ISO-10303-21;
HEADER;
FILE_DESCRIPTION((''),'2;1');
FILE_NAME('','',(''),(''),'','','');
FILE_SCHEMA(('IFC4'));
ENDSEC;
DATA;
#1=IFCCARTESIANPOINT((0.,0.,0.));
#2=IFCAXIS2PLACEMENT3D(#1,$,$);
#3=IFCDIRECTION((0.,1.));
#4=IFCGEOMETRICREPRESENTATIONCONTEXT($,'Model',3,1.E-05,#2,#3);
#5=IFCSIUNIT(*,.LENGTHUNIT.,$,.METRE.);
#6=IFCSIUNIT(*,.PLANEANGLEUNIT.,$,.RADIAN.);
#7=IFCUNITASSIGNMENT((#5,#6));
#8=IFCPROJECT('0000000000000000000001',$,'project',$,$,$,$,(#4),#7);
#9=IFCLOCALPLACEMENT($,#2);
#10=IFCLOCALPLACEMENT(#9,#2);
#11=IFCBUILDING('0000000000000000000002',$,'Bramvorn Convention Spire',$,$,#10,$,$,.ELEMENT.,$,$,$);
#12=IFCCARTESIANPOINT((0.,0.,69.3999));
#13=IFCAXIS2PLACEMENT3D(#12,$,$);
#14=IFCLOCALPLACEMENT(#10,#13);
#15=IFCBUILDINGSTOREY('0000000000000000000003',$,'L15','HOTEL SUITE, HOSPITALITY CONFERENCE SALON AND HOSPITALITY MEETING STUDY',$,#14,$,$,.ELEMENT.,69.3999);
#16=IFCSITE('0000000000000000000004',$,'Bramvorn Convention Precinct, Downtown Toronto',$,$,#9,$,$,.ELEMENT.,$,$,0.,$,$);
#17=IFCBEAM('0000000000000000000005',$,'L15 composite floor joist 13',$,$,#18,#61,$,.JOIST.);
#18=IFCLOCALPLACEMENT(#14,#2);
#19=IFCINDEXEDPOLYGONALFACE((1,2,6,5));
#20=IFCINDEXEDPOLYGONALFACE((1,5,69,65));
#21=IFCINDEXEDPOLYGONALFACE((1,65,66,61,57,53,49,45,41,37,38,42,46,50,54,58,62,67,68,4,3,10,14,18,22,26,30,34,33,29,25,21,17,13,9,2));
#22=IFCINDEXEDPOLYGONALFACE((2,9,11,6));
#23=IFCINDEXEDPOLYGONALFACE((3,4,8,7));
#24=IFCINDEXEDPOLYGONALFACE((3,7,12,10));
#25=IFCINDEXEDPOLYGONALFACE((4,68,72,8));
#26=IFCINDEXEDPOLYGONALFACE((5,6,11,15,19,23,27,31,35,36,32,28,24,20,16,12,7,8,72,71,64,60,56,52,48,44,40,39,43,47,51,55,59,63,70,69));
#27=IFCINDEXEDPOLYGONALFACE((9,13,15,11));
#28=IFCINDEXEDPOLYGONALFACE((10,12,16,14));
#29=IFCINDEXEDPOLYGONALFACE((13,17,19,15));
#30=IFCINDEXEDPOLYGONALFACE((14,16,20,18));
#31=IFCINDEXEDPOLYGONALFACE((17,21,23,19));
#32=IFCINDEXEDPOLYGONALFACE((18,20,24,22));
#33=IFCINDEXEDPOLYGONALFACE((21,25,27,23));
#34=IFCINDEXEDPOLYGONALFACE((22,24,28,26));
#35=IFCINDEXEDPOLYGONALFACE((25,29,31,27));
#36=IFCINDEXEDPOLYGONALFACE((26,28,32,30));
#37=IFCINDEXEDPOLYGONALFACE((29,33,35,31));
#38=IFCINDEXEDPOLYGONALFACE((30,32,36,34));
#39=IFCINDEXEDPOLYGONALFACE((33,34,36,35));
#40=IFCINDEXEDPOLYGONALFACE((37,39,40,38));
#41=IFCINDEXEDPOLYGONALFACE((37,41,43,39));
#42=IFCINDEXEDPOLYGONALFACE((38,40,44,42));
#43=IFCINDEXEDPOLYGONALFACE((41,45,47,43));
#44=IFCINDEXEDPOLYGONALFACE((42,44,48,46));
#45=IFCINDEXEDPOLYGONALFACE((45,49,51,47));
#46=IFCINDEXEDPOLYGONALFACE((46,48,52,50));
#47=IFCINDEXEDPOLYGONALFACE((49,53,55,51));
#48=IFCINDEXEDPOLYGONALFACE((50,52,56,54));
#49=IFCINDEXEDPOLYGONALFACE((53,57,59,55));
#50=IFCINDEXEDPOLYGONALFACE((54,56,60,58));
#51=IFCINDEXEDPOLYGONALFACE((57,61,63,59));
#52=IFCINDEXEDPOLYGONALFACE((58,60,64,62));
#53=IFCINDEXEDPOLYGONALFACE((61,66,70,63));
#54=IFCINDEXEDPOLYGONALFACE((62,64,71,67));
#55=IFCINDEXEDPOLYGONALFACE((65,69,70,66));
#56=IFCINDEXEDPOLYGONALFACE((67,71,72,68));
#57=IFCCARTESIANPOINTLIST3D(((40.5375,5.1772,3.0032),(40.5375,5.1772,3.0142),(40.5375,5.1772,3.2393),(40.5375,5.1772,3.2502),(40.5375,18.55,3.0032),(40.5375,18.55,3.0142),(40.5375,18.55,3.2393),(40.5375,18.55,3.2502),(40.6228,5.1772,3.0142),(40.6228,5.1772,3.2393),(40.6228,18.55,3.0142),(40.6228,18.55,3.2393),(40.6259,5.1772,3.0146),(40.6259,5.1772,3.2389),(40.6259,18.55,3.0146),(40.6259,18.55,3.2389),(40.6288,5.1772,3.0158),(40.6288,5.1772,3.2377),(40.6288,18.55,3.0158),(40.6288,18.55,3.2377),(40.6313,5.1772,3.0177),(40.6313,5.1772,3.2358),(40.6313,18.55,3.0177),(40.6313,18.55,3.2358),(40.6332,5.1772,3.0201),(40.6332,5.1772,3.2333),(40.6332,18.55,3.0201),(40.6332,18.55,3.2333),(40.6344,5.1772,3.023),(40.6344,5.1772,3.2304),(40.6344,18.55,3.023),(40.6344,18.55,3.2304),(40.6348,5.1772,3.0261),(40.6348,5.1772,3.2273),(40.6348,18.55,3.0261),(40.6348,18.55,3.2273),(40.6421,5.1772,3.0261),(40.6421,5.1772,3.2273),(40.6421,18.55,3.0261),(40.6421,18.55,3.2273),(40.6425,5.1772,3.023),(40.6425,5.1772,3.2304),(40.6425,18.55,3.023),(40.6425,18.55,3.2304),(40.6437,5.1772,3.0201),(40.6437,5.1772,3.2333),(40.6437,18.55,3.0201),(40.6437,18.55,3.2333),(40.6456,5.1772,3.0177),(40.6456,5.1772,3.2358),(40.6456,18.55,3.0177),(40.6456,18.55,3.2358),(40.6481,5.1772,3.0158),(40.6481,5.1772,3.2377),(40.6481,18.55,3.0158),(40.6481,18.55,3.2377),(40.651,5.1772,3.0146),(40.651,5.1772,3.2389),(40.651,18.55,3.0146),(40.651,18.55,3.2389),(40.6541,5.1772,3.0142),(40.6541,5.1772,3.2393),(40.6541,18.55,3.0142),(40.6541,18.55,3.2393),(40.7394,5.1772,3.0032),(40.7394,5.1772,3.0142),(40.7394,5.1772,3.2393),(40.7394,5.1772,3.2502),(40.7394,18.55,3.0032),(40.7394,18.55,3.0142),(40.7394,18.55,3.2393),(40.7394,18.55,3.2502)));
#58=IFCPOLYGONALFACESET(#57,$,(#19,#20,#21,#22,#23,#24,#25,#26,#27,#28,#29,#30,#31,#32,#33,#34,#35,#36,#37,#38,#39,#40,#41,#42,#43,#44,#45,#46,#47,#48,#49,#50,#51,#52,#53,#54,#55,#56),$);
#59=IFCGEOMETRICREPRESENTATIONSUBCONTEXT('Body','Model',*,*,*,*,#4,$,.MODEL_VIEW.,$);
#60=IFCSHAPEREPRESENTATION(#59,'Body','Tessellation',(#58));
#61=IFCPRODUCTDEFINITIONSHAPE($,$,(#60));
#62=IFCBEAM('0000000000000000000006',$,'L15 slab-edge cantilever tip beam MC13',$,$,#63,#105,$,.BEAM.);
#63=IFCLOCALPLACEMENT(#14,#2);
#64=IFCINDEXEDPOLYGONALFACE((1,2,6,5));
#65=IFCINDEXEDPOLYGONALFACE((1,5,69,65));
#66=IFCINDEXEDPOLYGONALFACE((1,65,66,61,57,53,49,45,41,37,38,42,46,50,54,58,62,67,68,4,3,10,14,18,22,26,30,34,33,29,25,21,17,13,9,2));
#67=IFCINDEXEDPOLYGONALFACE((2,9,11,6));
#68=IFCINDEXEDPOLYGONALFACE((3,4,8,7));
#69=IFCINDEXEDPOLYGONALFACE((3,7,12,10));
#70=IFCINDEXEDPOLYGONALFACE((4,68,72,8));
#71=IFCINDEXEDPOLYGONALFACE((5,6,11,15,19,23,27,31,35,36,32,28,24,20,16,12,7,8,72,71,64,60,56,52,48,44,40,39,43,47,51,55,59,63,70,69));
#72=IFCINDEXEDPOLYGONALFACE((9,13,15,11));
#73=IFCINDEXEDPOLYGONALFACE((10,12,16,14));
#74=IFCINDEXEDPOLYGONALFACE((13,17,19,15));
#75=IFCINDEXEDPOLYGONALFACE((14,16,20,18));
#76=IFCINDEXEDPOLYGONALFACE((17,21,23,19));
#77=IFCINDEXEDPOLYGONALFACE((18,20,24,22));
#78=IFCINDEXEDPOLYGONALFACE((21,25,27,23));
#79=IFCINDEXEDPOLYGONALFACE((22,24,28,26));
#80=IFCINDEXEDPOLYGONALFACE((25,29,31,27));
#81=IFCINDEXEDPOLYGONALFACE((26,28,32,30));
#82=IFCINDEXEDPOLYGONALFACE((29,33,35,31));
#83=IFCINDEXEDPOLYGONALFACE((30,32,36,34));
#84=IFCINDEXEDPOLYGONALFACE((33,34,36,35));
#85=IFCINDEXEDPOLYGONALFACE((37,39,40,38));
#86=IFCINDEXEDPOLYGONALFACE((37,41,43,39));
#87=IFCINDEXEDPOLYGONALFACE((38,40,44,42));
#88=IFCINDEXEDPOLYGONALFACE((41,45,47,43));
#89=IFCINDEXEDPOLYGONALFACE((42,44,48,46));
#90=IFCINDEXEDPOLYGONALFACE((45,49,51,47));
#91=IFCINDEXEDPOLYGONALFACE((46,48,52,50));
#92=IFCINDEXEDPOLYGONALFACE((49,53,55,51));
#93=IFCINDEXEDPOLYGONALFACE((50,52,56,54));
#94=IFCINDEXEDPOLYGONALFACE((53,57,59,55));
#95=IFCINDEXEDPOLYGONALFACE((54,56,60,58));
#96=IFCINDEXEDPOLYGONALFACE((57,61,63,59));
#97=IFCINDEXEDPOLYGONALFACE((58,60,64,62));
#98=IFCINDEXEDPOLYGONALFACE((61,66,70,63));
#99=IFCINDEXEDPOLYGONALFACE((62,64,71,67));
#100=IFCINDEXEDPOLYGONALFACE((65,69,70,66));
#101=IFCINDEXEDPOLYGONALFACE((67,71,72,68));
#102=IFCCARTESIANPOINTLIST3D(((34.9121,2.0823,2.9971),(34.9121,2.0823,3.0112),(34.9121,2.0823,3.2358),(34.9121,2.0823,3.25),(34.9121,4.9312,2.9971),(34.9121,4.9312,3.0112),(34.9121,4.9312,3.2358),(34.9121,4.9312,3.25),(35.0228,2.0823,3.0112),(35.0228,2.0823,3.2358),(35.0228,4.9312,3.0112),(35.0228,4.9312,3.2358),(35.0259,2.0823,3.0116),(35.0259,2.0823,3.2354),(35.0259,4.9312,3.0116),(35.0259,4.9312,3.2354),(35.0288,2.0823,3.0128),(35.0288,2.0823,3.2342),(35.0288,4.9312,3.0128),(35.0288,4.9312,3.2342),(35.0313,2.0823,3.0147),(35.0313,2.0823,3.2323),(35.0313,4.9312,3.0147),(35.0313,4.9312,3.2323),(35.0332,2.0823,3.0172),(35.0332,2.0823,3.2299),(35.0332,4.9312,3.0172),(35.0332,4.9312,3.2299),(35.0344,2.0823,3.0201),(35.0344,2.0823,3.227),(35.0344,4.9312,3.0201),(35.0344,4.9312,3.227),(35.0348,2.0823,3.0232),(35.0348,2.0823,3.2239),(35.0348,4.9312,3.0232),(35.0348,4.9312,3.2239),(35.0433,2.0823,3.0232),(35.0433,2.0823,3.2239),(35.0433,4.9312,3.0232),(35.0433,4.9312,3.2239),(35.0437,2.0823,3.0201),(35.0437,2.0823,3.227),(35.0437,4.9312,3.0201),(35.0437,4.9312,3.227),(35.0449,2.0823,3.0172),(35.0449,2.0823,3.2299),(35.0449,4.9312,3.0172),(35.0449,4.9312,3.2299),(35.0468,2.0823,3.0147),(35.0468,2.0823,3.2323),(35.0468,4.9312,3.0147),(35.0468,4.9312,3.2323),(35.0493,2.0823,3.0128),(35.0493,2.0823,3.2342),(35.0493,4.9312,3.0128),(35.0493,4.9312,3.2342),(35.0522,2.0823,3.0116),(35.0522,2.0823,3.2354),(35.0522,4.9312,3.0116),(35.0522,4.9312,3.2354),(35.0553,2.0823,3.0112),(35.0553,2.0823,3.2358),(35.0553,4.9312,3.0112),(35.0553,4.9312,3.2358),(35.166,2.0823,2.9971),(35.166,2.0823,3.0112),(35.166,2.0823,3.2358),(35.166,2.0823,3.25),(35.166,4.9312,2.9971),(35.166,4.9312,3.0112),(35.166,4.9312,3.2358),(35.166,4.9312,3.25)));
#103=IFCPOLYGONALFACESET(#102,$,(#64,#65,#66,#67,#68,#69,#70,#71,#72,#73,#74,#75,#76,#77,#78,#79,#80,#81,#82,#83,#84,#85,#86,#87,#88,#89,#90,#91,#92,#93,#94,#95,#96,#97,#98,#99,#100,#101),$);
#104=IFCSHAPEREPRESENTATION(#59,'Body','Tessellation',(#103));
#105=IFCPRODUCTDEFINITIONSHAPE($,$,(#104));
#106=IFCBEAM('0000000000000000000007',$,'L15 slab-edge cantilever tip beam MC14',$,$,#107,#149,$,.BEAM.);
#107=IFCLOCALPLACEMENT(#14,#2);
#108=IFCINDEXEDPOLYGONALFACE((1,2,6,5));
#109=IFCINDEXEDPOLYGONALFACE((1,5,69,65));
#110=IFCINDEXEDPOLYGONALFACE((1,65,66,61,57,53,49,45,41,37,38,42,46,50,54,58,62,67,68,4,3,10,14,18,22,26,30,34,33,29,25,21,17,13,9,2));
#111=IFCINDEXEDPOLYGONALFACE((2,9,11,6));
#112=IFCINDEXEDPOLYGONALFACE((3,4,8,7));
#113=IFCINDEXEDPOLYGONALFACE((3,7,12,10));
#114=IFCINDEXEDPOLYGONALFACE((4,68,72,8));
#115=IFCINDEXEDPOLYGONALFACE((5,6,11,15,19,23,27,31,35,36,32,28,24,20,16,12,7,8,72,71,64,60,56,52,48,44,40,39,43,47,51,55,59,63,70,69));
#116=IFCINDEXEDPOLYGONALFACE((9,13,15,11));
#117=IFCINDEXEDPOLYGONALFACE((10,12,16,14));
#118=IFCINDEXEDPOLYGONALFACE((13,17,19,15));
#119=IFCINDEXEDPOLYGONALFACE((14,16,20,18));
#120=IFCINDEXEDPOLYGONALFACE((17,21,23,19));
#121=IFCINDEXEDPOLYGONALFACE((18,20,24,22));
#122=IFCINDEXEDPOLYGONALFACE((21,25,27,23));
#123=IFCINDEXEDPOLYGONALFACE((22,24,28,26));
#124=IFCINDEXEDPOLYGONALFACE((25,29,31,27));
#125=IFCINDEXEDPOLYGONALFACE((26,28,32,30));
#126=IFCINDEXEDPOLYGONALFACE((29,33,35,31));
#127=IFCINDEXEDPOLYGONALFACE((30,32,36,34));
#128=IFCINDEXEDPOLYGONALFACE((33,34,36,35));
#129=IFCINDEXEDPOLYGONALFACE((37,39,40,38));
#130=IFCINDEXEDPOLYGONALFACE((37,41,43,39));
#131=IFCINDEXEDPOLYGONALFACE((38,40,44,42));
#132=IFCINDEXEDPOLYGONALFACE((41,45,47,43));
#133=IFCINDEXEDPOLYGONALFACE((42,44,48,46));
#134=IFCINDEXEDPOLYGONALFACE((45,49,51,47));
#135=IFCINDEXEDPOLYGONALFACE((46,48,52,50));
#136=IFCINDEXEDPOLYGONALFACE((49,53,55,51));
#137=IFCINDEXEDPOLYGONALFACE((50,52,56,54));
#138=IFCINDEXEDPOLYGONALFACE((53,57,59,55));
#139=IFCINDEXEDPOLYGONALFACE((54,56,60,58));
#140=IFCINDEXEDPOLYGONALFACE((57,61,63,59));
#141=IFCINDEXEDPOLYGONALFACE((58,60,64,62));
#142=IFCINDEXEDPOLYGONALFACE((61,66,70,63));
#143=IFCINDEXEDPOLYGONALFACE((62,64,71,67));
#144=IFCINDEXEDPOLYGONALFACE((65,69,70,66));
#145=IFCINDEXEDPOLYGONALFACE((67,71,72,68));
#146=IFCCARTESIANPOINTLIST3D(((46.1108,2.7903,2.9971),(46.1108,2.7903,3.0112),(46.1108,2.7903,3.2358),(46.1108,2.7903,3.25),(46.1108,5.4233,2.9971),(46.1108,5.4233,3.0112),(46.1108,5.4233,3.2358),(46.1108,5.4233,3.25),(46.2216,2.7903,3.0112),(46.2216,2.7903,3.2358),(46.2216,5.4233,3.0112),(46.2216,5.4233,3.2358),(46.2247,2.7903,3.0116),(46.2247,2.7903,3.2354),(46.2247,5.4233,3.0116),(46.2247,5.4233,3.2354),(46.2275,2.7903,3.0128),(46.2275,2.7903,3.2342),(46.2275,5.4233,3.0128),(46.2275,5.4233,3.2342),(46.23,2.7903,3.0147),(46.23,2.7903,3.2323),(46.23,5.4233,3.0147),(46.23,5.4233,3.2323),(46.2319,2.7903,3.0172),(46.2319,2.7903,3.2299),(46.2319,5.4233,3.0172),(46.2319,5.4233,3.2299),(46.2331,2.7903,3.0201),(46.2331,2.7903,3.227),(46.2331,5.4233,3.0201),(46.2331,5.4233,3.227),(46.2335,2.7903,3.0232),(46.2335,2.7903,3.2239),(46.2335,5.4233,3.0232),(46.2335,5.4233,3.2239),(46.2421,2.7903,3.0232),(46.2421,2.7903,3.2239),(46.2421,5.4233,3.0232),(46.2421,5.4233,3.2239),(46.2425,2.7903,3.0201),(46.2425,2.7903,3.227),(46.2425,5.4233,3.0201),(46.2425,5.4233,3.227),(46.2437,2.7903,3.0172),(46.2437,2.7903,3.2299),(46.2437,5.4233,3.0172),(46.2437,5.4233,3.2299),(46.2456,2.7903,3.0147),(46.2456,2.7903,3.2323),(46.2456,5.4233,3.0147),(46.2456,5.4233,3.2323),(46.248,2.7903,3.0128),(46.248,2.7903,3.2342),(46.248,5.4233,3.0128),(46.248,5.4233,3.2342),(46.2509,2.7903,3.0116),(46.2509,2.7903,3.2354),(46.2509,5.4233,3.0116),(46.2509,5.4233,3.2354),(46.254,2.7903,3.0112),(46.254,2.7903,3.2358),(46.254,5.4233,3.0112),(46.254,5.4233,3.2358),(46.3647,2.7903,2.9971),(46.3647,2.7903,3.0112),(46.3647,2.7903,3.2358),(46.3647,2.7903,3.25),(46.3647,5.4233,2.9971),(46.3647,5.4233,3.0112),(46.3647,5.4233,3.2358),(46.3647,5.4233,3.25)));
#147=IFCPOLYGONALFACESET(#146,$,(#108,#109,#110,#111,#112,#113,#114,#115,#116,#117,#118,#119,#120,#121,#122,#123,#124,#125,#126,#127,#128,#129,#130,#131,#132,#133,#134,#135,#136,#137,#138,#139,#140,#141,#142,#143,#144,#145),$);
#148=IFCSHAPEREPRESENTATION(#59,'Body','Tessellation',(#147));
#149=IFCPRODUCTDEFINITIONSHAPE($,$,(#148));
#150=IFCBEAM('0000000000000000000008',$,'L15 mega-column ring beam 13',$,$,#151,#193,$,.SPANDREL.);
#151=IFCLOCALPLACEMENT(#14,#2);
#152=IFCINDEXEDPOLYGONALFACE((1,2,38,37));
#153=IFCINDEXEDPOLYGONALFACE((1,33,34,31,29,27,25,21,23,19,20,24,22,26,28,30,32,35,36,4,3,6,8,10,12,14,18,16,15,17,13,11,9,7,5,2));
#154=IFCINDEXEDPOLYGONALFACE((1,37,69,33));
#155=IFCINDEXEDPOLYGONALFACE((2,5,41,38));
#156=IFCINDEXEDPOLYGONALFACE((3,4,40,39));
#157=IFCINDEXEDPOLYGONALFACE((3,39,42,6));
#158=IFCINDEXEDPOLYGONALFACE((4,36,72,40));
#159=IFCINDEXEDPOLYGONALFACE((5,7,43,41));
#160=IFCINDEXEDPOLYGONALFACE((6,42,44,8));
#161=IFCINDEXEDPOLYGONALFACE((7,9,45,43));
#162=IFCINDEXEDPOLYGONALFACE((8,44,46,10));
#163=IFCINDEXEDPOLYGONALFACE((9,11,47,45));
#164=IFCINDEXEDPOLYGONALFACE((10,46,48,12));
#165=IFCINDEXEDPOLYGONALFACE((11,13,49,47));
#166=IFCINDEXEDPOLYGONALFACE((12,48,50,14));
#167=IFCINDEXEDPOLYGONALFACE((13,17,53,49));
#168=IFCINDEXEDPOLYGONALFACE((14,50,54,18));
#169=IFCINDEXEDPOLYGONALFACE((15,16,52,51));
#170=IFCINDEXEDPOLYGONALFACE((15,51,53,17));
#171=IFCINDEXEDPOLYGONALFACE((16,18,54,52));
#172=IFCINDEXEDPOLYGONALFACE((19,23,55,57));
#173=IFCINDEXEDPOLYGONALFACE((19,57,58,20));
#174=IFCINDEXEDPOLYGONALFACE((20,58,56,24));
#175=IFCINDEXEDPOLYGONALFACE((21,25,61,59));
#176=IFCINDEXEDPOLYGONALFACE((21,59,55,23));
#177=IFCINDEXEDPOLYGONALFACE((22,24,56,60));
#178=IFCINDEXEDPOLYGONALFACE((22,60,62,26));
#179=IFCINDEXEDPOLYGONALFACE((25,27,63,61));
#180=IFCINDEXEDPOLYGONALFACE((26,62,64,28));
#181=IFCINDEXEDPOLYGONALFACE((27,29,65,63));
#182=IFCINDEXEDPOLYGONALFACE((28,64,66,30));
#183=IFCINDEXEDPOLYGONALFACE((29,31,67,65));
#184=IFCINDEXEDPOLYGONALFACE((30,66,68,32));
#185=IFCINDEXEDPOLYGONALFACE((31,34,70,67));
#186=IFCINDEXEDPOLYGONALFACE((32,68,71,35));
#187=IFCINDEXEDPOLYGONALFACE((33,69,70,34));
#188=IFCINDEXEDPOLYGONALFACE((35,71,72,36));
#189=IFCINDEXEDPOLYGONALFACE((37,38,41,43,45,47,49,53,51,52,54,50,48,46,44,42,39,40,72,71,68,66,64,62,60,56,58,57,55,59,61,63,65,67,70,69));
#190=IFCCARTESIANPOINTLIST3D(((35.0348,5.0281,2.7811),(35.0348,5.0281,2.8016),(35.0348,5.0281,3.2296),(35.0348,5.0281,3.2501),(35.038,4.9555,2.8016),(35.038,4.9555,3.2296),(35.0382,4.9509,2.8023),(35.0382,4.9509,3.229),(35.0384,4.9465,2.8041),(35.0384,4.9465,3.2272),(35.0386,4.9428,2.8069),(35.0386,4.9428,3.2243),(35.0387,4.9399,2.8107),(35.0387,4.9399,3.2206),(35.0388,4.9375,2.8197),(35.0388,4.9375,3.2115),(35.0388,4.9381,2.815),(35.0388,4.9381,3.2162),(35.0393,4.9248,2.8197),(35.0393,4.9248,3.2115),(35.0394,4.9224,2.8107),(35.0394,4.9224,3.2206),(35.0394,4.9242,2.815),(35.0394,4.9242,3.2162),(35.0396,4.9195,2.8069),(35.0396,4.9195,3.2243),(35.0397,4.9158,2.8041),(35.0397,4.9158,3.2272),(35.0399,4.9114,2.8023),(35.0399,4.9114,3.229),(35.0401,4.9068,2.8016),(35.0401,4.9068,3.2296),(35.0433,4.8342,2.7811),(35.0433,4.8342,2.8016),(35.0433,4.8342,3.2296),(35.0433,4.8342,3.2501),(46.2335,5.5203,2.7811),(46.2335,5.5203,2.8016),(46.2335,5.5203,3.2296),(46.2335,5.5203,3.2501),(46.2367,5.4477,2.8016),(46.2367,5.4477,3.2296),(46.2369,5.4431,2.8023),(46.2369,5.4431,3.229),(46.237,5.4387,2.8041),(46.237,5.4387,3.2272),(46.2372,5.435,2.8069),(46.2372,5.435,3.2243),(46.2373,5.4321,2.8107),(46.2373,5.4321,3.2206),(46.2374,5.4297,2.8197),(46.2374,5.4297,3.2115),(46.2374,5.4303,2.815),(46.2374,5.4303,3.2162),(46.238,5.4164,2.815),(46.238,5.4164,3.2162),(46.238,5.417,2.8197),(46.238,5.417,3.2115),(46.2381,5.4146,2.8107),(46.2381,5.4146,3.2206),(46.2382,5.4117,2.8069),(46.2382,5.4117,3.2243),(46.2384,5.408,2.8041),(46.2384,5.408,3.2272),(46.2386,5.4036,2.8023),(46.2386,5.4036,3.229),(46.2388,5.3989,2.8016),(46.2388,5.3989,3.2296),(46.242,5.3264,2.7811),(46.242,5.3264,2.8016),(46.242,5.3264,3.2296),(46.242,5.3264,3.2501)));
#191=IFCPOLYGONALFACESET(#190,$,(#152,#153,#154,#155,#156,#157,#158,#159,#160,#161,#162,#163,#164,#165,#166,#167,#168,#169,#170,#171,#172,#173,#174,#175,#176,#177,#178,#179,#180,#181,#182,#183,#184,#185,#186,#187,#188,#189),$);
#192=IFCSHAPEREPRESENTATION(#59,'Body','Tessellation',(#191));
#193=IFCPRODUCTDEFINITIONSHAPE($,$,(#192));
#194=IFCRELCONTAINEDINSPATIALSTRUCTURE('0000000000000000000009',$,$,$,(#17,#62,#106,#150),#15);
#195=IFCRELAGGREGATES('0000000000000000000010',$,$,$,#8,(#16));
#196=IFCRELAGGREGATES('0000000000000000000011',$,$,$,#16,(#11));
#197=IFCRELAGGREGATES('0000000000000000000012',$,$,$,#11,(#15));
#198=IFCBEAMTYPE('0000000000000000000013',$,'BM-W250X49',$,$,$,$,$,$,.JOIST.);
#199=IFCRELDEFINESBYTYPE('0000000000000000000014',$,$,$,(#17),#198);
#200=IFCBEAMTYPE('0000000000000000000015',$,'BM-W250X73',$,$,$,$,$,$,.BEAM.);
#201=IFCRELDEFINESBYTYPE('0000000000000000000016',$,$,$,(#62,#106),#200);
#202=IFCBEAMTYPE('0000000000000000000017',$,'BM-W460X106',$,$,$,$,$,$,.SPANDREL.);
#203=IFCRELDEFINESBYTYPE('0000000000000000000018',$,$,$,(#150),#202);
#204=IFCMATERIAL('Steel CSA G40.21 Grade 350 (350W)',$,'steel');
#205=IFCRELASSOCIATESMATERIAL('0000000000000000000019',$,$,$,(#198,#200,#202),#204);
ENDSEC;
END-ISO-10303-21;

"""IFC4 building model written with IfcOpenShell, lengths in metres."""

from ifc_helpers import new_model, si_unit, direction, frame, origin, origin_2d, place, context, subcontext, project, spatial, i_section, extrude, material, material_profile, profile_set, type_object, element, save


model = new_model("IFC4")

# Units and contexts
model_context = context("Model", 3, precision=1e-05, world=origin(), true_north=direction((0.0, 1.0)))
body_context = subcontext(model_context, "Body", "Model", "MODEL_VIEW")
ifc_project = project(units=[si_unit("LENGTHUNIT", "METRE"), si_unit("PLANEANGLEUNIT", "RADIAN")], contexts=[model_context])

# Site, building, storey
site_placement = place(None, origin())
site = spatial("IfcSite", under=ifc_project, at=site_placement, Name="Bramvorn Convention Precinct, Downtown Toronto", CompositionType="ELEMENT", RefElevation=0.0)
building_placement = place(site_placement, origin())
building = spatial("IfcBuilding", under=site, at=building_placement, Name="Bramvorn Convention Spire", CompositionType="ELEMENT")
storey_placement = place(building_placement, frame((0.0, 0.0, 69.3999)))
storey = spatial("IfcBuildingStorey", under=building, at=storey_placement, Name="L15", Description="HOTEL SUITE, HOSPITALITY CONFERENCE SALON AND HOSPITALITY MEETING STUDY", CompositionType="ELEMENT", Elevation=69.3999)

# Shared definitions
ifc_material_1 = material(Name="Steel CSA G40.21 Grade 350 (350W)", Category="steel")

# Beams
ifc_material_profile_1 = material_profile(ifc_material_1, i_section(OverallWidth=0.2019, OverallDepth=0.2471, WebThickness=0.0073, FlangeThickness=0.011, FilletRadius=0.012, at=origin_2d()))
ifc_profile_set_1 = profile_set([ifc_material_profile_1], Name="Steel CSA G40.21 Grade 350 (350W) - W250X49")
beam_type_1 = type_object("IfcBeamType", Name="BM-W250X49", PredefinedType="JOIST", material=ifc_profile_set_1)
beam_1_placement = place(storey_placement, frame((40.6384, 18.55, 3.1267), z_axis=(0.0, -1.0, 0.0), x_axis=(1.0, 0.0, 0.0)))
element("IfcBeam", 1, at=beam_1_placement, inside=storey, type_object=beam_type_1, Name="L15 composite floor joist 13", PredefinedType="JOIST", context=body_context, shape_type="SweptSolid", body=[
    extrude(i_section(OverallWidth=0.2019, OverallDepth=0.2471, WebThickness=0.0073, FlangeThickness=0.011, FilletRadius=0.012, at=origin_2d()), origin(), (0.0, 0.0, 1.0), 13.3728),
])
ifc_material_profile_2 = material_profile(ifc_material_1, i_section(OverallWidth=0.2539, OverallDepth=0.2529, WebThickness=0.0085, FlangeThickness=0.0142, FilletRadius=0.012, at=origin_2d()))
ifc_profile_set_2 = profile_set([ifc_material_profile_2], Name="Steel CSA G40.21 Grade 350 (350W) - W250X73")
beam_type_2 = type_object("IfcBeamType", Name="BM-W250X73", PredefinedType="BEAM", material=ifc_profile_set_2)
beam_2_placement = place(storey_placement, frame((35.0391, 4.9312, 3.1235), z_axis=(0.0, -1.0, 0.0), x_axis=(1.0, 0.0, 0.0)))
element("IfcBeam", 2, at=beam_2_placement, inside=storey, type_object=beam_type_2, Name="L15 slab-edge cantilever tip beam MC13", PredefinedType="BEAM", context=body_context, shape_type="SweptSolid", body=[
    extrude(i_section(OverallWidth=0.2539, OverallDepth=0.2529, WebThickness=0.0085, FlangeThickness=0.0142, FilletRadius=0.012, at=origin_2d()), origin(), (0.0, 0.0, 1.0), 2.8489),
])
beam_3_placement = place(storey_placement, frame((46.2378, 5.4233, 3.1235), z_axis=(0.0, -1.0, 0.0), x_axis=(1.0, 0.0, 0.0)))
element("IfcBeam", 3, at=beam_3_placement, inside=storey, type_object=beam_type_2, Name="L15 slab-edge cantilever tip beam MC14", PredefinedType="BEAM", context=body_context, shape_type="SweptSolid", body=[
    extrude(i_section(OverallWidth=0.2539, OverallDepth=0.2529, WebThickness=0.0085, FlangeThickness=0.0142, FilletRadius=0.012, at=origin_2d()), origin(), (0.0, 0.0, 1.0), 2.6331),
])
ifc_material_profile_3 = material_profile(ifc_material_1, i_section(OverallWidth=0.1941, OverallDepth=0.469, WebThickness=0.0127, FlangeThickness=0.0205, FilletRadius=0.0181, at=origin_2d()))
ifc_profile_set_3 = profile_set([ifc_material_profile_3], Name="Steel CSA G40.21 Grade 350 (350W) - W460X106")
beam_type_3 = type_object("IfcBeamType", Name="BM-W460X106", PredefinedType="SPANDREL", material=ifc_profile_set_3)
beam_4_placement = place(storey_placement, frame((35.0391, 4.9312, 3.0156), z_axis=(0.999036, 0.043908, 0.0), x_axis=(-0.043908, 0.999036, 0.0)))
element("IfcBeam", 4, at=beam_4_placement, inside=storey, type_object=beam_type_3, Name="L15 mega-column ring beam 13", PredefinedType="SPANDREL", context=body_context, shape_type="SweptSolid", body=[
    extrude(i_section(OverallWidth=0.1941, OverallDepth=0.469, WebThickness=0.0127, FlangeThickness=0.0205, FilletRadius=0.0181, at=origin_2d()), origin(), (0.0, 0.0, 1.0), 11.2095),
])

save(model, "model.ifc")
